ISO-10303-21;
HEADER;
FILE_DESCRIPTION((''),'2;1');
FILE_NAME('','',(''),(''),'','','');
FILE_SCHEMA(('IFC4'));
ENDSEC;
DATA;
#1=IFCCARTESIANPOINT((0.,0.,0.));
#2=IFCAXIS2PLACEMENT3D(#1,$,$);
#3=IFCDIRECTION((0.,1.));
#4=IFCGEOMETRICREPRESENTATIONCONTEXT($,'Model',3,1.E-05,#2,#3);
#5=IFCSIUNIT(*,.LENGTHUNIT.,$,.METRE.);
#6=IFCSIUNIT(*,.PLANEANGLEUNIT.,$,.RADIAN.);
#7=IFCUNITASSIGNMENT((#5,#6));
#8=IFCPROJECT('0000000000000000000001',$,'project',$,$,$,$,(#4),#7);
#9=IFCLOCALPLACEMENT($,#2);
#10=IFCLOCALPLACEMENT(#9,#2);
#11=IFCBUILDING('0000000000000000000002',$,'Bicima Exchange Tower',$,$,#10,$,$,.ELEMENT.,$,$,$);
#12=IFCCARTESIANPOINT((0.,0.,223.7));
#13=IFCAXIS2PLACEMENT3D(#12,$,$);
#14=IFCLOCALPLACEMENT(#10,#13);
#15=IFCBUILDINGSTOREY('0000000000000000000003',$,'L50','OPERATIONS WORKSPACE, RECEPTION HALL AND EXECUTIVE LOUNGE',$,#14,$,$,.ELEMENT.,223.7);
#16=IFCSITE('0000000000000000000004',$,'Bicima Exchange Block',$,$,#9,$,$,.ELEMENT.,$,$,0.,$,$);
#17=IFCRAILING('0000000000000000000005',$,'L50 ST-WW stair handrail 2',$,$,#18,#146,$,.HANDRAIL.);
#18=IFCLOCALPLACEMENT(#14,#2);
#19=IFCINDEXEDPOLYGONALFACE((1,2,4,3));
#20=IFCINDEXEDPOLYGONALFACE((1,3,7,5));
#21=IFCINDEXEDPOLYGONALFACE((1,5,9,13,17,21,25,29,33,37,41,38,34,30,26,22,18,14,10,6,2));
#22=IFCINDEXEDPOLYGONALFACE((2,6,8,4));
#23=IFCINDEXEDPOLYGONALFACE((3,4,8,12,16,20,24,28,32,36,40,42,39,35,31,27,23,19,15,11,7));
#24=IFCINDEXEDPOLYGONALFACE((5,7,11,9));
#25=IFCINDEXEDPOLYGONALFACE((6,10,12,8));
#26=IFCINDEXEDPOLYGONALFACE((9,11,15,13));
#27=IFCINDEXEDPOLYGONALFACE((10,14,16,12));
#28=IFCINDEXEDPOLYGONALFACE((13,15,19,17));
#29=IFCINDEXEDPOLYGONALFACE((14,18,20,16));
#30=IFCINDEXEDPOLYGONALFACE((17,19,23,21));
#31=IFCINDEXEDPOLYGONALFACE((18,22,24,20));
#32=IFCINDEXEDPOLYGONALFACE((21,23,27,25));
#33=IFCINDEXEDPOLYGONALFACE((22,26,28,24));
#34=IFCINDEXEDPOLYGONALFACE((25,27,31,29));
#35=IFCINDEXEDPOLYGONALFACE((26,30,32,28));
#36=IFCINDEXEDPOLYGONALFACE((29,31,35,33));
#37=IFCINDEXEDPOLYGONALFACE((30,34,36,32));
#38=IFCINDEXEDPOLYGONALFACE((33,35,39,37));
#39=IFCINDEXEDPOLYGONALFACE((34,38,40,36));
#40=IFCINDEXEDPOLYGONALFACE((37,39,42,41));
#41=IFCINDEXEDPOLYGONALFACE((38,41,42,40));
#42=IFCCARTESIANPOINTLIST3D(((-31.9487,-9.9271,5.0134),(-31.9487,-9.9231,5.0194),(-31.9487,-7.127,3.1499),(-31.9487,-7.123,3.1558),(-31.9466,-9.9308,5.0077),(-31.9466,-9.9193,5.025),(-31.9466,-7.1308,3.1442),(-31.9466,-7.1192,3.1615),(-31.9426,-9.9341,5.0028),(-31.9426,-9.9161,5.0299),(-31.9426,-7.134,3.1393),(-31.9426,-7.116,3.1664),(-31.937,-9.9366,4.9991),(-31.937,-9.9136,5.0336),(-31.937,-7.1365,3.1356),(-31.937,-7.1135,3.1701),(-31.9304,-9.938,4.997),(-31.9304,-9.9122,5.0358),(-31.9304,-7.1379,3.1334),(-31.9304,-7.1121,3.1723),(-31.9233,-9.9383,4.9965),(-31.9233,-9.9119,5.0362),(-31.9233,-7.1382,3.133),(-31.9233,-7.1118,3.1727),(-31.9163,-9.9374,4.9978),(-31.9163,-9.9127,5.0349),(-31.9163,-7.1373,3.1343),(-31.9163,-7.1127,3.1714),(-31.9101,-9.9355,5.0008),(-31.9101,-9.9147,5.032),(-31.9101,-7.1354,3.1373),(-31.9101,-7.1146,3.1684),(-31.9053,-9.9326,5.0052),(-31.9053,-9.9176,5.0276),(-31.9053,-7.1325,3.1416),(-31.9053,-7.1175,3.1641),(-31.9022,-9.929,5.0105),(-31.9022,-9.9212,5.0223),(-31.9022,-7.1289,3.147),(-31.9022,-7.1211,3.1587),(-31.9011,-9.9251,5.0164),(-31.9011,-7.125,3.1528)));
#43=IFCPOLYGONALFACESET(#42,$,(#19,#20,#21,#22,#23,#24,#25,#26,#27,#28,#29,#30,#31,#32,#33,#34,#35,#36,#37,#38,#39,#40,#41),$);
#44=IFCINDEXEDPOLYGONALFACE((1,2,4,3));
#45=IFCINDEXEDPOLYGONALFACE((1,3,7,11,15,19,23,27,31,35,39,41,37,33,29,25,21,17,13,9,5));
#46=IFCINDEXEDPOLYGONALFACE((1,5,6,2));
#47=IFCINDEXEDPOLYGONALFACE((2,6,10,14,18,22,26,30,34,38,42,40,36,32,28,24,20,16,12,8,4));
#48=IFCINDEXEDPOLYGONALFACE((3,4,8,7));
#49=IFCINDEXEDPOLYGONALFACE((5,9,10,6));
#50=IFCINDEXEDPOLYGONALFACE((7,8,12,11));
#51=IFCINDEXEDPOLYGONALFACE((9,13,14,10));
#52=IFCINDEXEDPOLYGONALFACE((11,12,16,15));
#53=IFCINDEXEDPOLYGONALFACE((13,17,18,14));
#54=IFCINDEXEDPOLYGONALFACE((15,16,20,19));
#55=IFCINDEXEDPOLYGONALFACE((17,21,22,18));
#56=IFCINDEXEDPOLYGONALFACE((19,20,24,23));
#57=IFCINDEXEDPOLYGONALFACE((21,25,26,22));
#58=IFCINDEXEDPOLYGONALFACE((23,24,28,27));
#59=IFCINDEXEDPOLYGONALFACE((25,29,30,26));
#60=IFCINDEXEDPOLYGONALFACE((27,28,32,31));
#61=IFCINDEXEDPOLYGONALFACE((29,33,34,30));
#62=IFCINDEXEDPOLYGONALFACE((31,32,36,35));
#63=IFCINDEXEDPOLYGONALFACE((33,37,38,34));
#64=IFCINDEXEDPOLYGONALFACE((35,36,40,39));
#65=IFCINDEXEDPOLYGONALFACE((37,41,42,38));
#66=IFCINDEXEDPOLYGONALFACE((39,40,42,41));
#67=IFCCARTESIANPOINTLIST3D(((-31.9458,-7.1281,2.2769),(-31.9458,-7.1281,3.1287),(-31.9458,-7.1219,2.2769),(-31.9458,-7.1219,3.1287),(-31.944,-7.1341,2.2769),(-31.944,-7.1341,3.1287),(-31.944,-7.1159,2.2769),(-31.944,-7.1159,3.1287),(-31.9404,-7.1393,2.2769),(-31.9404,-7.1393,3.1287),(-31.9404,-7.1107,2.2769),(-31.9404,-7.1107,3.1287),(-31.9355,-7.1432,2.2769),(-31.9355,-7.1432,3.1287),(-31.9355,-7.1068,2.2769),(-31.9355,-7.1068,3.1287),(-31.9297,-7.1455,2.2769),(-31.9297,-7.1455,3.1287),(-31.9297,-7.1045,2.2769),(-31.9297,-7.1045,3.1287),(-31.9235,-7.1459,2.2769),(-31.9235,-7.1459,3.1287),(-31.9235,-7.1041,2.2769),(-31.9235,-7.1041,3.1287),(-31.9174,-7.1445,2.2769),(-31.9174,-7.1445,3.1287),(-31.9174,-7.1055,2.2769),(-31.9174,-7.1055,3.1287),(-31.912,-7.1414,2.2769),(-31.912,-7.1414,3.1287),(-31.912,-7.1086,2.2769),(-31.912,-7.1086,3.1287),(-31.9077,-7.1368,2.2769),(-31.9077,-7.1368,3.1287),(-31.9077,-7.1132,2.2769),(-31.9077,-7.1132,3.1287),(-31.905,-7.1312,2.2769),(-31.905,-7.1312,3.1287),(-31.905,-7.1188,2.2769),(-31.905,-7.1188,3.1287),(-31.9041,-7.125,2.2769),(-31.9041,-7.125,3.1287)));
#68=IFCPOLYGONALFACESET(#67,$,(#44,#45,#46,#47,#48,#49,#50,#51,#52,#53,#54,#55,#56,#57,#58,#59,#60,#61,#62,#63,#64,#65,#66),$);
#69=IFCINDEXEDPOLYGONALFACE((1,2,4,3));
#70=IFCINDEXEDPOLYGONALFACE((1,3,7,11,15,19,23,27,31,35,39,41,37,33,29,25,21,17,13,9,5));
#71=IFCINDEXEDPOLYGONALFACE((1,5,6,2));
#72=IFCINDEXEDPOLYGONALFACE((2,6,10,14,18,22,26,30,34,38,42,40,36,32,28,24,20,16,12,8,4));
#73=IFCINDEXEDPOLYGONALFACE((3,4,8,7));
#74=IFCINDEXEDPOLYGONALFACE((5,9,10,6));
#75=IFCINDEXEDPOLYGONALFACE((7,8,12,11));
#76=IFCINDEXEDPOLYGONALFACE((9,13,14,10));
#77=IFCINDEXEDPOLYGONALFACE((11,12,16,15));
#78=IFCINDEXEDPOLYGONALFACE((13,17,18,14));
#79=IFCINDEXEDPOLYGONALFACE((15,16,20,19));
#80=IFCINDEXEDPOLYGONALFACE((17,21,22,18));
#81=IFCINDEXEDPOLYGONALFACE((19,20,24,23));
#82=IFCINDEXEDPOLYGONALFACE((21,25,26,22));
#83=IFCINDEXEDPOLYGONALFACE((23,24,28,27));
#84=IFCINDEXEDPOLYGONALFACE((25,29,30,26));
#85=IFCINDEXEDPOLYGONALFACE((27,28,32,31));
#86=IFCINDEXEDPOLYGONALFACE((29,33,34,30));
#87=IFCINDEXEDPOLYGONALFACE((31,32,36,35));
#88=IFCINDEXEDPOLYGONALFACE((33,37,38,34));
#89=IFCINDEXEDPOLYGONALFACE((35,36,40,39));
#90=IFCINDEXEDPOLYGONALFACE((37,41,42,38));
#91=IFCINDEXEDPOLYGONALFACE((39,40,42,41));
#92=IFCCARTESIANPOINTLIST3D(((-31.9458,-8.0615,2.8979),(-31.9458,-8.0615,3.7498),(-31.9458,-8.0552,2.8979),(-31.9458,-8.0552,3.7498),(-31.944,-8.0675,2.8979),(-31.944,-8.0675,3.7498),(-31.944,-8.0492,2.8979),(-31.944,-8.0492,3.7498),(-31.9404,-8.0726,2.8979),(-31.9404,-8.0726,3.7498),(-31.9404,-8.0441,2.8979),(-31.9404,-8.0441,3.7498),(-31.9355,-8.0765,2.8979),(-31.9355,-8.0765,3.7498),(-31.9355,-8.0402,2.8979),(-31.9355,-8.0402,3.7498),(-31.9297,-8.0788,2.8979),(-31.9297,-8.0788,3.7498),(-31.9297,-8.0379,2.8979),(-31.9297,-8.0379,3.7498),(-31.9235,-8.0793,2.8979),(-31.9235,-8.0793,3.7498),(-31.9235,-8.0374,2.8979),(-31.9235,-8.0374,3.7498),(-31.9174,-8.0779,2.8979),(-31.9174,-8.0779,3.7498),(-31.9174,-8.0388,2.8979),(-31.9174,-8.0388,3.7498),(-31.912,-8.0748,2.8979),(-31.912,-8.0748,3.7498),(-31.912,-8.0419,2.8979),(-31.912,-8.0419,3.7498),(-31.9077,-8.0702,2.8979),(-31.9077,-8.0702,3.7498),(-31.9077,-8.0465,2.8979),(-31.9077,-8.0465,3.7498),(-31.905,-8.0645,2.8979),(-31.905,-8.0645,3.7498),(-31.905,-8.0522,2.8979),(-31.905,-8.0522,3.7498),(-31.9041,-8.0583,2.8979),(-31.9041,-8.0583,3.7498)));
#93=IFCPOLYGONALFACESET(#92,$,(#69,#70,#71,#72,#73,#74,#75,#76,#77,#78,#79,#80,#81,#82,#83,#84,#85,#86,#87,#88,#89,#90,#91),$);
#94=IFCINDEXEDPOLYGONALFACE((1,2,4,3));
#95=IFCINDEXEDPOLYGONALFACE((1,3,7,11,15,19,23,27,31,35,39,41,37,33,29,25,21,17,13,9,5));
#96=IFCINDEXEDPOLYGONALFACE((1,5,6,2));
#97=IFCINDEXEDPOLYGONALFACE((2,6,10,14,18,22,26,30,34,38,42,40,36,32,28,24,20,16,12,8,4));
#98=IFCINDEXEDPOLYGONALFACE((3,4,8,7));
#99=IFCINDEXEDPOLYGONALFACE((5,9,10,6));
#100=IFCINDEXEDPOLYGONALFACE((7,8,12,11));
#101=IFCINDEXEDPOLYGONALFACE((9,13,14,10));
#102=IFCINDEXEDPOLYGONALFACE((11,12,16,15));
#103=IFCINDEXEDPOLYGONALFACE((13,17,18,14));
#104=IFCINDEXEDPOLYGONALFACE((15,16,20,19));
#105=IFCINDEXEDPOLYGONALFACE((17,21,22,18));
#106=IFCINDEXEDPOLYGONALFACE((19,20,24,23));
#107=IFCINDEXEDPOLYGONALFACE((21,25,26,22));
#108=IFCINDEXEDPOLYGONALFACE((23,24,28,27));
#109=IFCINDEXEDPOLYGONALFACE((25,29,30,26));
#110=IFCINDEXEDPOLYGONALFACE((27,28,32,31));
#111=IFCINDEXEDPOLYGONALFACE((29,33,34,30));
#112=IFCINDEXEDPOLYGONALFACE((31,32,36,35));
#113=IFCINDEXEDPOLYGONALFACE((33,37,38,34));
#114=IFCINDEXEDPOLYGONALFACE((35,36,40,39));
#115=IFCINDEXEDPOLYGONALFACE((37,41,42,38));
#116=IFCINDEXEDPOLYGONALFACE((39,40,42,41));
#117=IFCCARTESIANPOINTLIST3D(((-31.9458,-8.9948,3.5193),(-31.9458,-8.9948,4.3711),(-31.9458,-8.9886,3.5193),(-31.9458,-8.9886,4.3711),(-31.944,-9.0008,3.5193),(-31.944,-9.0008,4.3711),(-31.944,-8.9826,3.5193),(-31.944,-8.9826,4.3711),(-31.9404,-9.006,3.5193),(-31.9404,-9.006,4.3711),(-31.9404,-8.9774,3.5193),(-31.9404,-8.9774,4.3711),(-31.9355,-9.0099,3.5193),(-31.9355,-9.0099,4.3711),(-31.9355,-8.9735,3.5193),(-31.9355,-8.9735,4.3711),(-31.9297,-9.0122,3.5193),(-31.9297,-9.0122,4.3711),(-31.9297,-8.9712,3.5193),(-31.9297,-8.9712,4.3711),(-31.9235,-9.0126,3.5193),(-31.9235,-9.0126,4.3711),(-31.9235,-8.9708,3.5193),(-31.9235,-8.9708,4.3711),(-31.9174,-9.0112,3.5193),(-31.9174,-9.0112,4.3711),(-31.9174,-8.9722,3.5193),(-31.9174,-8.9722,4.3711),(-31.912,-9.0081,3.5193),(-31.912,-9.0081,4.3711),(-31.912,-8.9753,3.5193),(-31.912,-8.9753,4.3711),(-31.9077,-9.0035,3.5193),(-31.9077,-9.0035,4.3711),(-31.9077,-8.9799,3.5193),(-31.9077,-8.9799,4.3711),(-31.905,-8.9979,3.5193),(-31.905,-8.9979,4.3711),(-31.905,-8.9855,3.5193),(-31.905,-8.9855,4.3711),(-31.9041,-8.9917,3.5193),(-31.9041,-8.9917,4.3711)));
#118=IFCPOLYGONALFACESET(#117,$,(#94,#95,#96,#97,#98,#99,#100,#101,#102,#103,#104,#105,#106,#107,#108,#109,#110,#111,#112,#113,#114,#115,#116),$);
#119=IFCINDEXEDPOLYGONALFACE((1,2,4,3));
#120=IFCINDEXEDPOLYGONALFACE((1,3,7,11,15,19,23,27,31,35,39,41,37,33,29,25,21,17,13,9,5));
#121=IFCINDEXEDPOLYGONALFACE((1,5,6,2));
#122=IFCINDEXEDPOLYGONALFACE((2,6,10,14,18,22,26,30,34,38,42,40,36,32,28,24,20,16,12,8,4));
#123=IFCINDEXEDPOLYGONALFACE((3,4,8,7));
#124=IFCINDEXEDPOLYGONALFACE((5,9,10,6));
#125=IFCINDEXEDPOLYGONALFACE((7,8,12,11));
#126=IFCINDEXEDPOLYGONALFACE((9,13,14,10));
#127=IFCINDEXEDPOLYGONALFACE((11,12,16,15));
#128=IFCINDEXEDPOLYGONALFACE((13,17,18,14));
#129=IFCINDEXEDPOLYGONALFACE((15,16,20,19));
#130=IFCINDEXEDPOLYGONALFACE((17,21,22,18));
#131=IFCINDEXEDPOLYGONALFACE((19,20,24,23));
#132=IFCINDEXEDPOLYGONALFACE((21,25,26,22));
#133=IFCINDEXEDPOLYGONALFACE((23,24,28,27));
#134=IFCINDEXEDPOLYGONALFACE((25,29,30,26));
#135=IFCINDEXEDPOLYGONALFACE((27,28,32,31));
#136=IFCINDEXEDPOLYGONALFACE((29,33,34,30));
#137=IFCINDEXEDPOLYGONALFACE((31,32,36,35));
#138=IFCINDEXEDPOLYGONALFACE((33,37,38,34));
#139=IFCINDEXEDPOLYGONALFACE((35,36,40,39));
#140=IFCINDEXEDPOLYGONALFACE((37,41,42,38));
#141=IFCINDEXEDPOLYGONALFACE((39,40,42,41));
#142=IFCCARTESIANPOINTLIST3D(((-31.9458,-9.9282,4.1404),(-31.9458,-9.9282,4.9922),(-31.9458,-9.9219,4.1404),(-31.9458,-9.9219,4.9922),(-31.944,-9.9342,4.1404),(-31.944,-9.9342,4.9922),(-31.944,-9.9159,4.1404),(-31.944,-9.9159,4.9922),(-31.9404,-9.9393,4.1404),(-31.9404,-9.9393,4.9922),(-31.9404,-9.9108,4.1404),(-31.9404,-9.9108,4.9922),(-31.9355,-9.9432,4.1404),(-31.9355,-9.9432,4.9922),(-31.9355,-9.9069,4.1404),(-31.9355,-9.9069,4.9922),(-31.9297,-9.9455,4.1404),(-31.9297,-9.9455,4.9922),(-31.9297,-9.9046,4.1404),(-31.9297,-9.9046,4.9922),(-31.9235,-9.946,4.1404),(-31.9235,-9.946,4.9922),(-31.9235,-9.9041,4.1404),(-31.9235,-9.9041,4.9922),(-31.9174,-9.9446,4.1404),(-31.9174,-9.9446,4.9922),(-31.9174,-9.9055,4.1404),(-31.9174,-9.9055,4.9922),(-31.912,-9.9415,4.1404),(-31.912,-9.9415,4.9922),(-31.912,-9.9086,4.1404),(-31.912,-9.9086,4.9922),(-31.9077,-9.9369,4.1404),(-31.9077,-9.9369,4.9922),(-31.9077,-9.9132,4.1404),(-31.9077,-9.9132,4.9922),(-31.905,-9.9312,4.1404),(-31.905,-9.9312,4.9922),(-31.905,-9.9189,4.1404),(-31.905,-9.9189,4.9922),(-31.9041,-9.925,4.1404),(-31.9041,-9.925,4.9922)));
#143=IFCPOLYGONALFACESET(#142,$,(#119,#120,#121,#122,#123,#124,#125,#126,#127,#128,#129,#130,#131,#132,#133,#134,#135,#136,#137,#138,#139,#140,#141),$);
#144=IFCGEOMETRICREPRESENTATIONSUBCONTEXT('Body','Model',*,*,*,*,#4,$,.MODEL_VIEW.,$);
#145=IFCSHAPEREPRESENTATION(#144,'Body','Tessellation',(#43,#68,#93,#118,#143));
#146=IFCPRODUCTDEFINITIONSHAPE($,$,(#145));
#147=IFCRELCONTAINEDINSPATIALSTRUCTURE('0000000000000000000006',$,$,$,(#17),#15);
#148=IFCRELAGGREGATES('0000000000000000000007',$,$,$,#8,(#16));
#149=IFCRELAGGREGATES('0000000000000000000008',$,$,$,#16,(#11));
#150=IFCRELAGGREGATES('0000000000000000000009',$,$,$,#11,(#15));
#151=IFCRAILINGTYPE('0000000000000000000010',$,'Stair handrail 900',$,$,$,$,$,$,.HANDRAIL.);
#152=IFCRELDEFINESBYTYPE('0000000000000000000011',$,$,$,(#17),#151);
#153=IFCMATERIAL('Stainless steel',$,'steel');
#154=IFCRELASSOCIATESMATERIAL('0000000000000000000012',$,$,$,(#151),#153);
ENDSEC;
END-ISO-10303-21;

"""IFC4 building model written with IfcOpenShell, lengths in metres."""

from ifc_helpers import new_model, si_unit, direction, frame, origin, origin_2d, place, context, subcontext, project, spatial, circle, extrude, material, type_object, element, save


model = new_model("IFC4")

# Units and contexts
model_context = context("Model", 3, precision=1e-05, world=origin(), true_north=direction((0.0, 1.0)))
body_context = subcontext(model_context, "Body", "Model", "MODEL_VIEW")
ifc_project = project(units=[si_unit("LENGTHUNIT", "METRE"), si_unit("PLANEANGLEUNIT", "RADIAN")], contexts=[model_context])

# Site, building, storey
site_placement = place(None, origin())
site = spatial("IfcSite", under=ifc_project, at=site_placement, Name="Bicima Exchange Block", CompositionType="ELEMENT", RefElevation=0.0)
building_placement = place(site_placement, origin())
building = spatial("IfcBuilding", under=site, at=building_placement, Name="Bicima Exchange Tower", CompositionType="ELEMENT")
storey_placement = place(building_placement, frame((0.0, 0.0, 223.7)))
storey = spatial("IfcBuildingStorey", under=building, at=storey_placement, Name="L50", Description="OPERATIONS WORKSPACE, RECEPTION HALL AND EXECUTIVE LOUNGE", CompositionType="ELEMENT", Elevation=223.7)

# Railing
ifc_material_1 = material(Name="Stainless steel", Category="steel")
railing_type_1 = type_object("IfcRailingType", Name="Stair handrail 900", PredefinedType="HANDRAIL", material=ifc_material_1)
railing_1_placement = place(storey_placement, frame((-31.925, -7.125, 2.2769)))
element("IfcRailing", 1, at=railing_1_placement, inside=storey, type_object=railing_type_1, Name="L50 ST-WW stair handrail 2", PredefinedType="HANDRAIL", context=body_context, shape_type="SweptSolid", body=[
    extrude(circle(Radius=0.0239, at=origin_2d()), frame((0.0, 0.0, 0.876), z_axis=(0.0, -0.832486, 0.554047), x_axis=(1.0, 0.0, 0.0)), (0.0, 0.0, 1.0), 3.3635),
    extrude(circle(Radius=0.021, at=origin_2d()), origin(), (0.0, 0.0, 1.0), 0.8518),
    extrude(circle(Radius=0.021, at=origin_2d()), frame((0.0, -0.9333, 0.6211)), (0.0, 0.0, 1.0), 0.8518),
    extrude(circle(Radius=0.021, at=origin_2d()), frame((0.0, -1.8667, 1.2424)), (0.0, 0.0, 1.0), 0.8518),
    extrude(circle(Radius=0.021, at=origin_2d()), frame((0.0, -2.8, 1.8635)), (0.0, 0.0, 1.0), 0.8518),
])

save(model, "model.ifc")
